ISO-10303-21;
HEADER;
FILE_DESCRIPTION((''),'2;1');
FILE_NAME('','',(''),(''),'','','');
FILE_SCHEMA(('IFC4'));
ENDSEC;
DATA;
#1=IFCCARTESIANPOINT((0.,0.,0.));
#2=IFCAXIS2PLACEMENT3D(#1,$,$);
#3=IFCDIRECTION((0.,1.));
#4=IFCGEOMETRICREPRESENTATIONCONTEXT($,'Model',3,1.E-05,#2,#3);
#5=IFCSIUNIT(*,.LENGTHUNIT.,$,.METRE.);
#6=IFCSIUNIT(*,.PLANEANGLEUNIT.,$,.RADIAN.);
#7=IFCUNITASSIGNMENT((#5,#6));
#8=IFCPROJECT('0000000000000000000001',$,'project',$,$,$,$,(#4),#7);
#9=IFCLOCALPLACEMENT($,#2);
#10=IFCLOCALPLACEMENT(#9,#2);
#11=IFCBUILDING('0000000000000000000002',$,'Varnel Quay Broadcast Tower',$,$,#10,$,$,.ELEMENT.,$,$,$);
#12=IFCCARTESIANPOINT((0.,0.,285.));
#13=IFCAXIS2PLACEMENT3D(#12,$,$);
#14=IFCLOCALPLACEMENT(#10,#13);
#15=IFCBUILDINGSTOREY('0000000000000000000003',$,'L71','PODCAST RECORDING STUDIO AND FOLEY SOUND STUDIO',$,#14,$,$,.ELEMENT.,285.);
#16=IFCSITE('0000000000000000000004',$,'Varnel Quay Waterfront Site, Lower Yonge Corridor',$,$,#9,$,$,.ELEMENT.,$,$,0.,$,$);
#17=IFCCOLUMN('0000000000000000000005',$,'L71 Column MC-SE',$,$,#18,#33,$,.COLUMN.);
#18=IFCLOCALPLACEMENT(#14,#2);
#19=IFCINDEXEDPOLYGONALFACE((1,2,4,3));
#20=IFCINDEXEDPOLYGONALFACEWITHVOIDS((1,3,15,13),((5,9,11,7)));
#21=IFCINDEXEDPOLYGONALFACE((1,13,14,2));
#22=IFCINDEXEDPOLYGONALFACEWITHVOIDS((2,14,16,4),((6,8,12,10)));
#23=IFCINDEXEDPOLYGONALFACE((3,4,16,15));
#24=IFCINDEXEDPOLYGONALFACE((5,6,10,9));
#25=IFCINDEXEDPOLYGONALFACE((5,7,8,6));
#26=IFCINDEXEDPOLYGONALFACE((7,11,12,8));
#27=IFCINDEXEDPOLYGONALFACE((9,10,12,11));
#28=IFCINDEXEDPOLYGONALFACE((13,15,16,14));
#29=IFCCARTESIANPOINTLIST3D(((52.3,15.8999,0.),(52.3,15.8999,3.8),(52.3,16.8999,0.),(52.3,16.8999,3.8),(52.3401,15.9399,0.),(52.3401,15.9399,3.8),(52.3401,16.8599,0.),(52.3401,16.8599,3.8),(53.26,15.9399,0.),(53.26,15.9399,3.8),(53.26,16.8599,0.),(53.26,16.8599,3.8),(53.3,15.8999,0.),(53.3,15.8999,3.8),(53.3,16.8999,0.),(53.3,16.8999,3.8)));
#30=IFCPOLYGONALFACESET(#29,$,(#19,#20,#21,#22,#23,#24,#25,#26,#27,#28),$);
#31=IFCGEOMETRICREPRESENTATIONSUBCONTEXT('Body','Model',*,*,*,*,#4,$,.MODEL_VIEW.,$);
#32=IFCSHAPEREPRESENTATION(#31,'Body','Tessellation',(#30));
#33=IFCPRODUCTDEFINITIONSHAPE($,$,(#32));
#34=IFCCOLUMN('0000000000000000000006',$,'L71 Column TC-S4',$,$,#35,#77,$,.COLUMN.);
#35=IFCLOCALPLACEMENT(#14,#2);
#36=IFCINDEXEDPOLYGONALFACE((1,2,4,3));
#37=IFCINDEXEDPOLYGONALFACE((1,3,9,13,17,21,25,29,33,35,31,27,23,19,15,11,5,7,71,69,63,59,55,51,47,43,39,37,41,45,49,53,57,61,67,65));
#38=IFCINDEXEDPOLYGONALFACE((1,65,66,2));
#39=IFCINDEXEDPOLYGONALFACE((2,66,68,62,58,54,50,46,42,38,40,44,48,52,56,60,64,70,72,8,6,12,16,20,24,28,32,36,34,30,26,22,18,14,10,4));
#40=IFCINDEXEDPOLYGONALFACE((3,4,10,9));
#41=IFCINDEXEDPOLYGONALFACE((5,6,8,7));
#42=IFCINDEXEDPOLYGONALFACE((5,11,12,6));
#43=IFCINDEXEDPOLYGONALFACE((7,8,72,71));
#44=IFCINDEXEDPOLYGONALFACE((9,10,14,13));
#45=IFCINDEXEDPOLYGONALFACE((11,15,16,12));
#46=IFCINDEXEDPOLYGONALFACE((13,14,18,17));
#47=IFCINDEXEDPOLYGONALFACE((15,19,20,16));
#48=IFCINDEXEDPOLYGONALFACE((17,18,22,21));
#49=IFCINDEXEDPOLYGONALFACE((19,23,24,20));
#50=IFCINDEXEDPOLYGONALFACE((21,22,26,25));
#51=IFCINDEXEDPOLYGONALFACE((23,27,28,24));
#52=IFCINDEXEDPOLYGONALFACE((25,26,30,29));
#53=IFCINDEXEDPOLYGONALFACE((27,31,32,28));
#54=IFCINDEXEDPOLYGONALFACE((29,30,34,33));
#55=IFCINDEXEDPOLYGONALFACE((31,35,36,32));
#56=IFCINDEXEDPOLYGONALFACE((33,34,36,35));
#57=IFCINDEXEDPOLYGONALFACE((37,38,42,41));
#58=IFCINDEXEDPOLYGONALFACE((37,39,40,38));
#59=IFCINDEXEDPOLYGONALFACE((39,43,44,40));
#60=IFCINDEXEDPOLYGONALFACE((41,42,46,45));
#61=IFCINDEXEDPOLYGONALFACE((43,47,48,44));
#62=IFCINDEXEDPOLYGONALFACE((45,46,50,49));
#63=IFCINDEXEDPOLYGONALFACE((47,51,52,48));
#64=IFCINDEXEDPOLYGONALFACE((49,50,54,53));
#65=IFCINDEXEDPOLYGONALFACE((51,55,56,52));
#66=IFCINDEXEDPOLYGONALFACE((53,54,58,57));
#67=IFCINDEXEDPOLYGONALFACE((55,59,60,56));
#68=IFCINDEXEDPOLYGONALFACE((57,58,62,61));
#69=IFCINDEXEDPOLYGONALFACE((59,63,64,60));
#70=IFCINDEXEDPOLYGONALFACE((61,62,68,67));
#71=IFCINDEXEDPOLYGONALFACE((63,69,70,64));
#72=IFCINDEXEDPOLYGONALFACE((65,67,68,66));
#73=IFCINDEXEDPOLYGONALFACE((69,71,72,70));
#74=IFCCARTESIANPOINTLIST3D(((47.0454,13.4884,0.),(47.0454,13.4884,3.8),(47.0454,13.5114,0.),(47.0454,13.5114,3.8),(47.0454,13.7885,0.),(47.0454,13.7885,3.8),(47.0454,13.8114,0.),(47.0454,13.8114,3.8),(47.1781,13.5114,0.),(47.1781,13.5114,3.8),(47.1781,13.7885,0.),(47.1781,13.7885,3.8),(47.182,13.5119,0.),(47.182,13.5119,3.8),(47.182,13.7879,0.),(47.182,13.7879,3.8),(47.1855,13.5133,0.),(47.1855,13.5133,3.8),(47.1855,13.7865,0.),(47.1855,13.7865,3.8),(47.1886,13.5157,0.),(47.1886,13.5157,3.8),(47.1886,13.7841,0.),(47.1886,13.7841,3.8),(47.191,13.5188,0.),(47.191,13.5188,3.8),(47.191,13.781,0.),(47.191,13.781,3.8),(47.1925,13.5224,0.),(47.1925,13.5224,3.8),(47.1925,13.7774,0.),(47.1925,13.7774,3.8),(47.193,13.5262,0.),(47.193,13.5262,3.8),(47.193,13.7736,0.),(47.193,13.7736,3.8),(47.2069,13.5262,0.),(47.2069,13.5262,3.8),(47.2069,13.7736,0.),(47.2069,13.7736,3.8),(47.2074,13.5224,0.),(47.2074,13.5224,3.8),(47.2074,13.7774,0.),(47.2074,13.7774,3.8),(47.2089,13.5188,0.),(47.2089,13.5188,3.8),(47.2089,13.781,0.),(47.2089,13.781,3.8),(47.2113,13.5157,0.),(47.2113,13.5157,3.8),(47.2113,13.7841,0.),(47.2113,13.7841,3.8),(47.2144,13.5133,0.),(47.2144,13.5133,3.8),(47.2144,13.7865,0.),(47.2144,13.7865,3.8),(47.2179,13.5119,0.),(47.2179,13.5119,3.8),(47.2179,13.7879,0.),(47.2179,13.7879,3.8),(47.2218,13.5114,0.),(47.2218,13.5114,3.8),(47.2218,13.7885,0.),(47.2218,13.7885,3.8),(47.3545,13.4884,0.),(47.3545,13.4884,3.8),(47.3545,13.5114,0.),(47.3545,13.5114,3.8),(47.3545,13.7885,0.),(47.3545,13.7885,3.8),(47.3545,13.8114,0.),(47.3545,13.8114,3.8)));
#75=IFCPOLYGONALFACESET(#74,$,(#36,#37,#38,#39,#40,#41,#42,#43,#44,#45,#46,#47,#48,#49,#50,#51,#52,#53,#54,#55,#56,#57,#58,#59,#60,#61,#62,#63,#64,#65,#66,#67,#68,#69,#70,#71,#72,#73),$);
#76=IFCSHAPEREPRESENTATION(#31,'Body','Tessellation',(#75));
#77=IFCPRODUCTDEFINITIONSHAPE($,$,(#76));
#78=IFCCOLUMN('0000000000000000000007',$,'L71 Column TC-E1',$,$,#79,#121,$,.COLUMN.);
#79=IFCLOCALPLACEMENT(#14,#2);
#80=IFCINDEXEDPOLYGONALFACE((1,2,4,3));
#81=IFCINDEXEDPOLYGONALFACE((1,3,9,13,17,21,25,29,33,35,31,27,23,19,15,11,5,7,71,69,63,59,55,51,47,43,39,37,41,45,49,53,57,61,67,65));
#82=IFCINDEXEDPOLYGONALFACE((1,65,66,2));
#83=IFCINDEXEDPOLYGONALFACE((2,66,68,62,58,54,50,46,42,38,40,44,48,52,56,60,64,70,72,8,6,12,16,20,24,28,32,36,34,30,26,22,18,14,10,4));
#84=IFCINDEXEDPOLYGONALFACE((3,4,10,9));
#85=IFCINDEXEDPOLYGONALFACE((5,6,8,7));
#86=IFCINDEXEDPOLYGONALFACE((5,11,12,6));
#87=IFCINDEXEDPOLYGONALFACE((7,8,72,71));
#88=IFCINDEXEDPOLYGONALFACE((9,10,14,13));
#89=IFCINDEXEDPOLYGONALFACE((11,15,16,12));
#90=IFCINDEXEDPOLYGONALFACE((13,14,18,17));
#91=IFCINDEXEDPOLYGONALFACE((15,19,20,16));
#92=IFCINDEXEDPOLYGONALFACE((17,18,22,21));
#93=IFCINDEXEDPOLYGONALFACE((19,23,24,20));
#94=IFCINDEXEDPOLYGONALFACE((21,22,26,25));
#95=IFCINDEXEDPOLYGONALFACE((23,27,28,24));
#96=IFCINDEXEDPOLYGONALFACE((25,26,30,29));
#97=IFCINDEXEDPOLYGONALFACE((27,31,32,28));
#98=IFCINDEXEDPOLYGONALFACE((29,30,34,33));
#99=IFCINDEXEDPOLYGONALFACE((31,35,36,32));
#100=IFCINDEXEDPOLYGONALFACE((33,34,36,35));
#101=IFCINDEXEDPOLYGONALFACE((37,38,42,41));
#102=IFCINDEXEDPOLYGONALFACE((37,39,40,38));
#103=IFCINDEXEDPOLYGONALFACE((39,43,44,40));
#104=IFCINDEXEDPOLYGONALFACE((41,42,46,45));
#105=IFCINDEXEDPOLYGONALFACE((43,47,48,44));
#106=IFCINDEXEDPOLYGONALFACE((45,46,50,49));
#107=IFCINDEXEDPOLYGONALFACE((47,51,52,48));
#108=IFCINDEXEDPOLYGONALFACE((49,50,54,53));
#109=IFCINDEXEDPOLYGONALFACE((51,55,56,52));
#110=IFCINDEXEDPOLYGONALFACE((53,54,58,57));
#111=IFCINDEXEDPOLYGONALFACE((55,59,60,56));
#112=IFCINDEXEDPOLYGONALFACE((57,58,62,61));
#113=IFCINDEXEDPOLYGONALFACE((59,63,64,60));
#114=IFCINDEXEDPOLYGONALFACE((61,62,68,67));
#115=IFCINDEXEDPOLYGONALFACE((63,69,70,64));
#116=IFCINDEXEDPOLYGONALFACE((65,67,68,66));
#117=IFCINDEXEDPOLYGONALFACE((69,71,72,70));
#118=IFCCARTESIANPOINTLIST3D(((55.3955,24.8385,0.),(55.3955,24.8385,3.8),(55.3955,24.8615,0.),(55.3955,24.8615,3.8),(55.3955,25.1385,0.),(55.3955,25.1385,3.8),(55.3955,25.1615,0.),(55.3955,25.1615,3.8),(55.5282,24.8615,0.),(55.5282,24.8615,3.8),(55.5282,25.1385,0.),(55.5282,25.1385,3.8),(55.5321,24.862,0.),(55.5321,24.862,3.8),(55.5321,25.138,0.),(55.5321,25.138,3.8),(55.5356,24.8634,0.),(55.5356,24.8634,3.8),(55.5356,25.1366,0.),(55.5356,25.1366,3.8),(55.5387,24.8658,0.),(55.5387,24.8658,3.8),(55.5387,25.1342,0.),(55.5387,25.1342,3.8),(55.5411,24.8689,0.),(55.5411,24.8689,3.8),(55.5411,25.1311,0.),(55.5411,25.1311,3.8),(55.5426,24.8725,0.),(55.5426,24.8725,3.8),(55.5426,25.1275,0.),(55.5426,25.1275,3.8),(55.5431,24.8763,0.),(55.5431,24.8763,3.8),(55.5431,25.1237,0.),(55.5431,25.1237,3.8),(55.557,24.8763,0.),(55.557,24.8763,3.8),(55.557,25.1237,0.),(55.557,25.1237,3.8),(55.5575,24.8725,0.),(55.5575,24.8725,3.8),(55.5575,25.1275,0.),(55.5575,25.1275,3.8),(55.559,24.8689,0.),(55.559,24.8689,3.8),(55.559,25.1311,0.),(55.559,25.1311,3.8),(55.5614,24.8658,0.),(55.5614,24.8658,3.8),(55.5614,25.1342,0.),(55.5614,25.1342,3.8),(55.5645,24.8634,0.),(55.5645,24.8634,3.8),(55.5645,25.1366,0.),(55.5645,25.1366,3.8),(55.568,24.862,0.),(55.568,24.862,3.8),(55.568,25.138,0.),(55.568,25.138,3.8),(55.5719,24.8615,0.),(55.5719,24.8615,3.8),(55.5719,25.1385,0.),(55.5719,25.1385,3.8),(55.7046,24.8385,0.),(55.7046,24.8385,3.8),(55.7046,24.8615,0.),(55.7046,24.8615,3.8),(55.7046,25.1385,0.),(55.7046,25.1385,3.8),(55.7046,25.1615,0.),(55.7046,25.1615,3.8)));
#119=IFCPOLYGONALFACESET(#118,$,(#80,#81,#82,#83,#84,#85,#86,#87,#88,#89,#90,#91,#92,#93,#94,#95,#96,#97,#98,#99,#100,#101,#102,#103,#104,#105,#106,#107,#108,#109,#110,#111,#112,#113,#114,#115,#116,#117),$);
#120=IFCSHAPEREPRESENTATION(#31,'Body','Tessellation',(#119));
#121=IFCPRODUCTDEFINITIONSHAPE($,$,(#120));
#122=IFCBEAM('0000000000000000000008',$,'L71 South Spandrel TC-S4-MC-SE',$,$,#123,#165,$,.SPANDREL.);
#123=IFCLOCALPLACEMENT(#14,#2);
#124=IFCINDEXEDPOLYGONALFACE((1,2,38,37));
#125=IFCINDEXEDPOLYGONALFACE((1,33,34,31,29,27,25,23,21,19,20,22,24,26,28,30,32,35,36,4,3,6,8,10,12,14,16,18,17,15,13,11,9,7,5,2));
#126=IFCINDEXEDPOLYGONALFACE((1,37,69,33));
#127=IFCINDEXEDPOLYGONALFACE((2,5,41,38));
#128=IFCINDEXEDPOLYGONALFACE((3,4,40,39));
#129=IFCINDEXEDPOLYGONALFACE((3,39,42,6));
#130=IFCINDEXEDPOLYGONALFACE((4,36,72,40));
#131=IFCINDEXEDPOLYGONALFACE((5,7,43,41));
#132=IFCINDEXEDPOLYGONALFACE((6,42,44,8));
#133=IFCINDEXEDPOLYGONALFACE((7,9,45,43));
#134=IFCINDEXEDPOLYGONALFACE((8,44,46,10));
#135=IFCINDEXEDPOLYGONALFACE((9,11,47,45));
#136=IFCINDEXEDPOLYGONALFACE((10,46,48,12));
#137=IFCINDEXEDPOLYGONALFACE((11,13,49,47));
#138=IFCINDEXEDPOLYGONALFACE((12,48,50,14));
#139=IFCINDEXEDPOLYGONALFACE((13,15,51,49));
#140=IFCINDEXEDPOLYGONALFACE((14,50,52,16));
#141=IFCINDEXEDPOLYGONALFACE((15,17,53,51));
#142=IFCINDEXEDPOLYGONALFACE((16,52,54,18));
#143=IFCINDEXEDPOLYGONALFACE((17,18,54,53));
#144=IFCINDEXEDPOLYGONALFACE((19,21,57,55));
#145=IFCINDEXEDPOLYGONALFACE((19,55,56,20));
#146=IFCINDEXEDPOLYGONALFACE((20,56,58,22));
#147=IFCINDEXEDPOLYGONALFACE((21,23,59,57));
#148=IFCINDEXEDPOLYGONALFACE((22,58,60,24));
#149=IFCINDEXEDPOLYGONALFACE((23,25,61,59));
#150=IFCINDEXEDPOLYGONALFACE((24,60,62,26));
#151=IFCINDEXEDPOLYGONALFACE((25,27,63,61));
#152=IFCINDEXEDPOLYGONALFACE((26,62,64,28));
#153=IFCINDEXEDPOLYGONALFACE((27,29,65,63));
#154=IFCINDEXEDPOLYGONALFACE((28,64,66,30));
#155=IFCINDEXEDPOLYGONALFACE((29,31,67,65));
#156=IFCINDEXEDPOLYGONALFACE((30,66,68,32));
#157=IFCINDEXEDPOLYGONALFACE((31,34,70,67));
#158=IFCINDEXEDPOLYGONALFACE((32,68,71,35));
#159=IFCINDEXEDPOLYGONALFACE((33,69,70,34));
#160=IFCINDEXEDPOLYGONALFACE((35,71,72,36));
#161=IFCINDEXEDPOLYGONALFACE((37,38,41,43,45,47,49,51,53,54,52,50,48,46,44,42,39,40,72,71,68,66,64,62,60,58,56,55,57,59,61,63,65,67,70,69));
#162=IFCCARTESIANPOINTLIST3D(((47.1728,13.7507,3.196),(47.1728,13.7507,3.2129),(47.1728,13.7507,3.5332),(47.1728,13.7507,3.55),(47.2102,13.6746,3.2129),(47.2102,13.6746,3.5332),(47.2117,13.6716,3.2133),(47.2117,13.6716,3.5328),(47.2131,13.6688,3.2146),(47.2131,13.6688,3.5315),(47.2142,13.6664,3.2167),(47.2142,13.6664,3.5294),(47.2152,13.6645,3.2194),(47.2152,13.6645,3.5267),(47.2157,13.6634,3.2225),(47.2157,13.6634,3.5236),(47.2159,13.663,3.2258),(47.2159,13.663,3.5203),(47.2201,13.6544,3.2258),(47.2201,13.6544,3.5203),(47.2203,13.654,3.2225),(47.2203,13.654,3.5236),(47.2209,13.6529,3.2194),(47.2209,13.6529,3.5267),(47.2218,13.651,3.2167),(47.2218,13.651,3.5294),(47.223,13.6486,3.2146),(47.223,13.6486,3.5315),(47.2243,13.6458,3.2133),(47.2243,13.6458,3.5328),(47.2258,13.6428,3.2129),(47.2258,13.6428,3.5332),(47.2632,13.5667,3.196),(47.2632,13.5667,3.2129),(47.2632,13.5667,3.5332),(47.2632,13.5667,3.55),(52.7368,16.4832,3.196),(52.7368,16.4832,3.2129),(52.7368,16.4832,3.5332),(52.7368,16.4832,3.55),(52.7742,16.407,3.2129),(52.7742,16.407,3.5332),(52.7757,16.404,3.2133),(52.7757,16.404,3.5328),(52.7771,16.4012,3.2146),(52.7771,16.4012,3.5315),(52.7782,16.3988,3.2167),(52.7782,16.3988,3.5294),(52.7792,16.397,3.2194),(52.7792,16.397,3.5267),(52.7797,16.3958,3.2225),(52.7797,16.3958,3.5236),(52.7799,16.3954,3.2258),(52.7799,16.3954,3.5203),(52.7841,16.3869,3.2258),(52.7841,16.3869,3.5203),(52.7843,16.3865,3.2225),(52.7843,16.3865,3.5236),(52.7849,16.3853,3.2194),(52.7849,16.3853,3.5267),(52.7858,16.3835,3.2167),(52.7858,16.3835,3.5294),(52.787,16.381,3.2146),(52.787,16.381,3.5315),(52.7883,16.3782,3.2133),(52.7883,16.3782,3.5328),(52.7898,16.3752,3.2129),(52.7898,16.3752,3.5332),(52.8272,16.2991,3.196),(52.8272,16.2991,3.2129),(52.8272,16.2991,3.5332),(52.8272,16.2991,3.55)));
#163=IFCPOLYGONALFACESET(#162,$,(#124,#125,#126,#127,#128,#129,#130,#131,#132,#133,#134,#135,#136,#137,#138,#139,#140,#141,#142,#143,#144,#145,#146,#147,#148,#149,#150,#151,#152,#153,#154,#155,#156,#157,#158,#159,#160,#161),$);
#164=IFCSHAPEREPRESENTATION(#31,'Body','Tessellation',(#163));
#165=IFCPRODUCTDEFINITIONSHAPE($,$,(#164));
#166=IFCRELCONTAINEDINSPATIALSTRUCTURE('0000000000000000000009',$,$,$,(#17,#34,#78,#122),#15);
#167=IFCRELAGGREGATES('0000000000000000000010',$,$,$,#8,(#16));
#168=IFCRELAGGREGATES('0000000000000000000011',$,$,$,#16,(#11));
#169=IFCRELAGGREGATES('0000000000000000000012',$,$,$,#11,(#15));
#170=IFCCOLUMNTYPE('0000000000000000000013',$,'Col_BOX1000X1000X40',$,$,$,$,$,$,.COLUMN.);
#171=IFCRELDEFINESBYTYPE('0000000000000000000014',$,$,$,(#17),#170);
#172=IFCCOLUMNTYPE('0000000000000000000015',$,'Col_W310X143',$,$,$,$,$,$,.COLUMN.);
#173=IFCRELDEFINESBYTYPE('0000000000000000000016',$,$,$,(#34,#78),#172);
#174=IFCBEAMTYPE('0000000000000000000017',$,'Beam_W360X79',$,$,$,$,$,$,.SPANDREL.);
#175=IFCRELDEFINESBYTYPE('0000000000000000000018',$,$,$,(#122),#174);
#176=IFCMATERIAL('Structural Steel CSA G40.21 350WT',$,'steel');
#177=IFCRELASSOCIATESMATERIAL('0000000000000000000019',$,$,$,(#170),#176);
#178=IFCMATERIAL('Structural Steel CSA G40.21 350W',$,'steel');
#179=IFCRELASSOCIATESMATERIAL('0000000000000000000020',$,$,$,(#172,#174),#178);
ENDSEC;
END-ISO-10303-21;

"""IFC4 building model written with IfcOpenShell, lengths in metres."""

from ifc_helpers import new_model, si_unit, direction, frame, origin, origin_2d, place, context, subcontext, project, spatial, hollow_rectangle, i_section, extrude, source, transform, mapped, material, material_profile, profile_set, type_object, type_shapes, element, save


model = new_model("IFC4")

# Units and contexts
model_context = context("Model", 3, precision=1e-05, world=origin(), true_north=direction((0.0, 1.0)))
body_context = subcontext(model_context, "Body", "Model", "MODEL_VIEW")
ifc_project = project(units=[si_unit("LENGTHUNIT", "METRE"), si_unit("PLANEANGLEUNIT", "RADIAN")], contexts=[model_context])

# Site, building, storey
site_placement = place(None, origin())
site = spatial("IfcSite", under=ifc_project, at=site_placement, Name="Varnel Quay Waterfront Site, Lower Yonge Corridor", CompositionType="ELEMENT", RefElevation=0.0)
building_placement = place(site_placement, origin())
building = spatial("IfcBuilding", under=site, at=building_placement, Name="Varnel Quay Broadcast Tower", CompositionType="ELEMENT")
storey_placement = place(building_placement, frame((0.0, 0.0, 285.0)))
storey = spatial("IfcBuildingStorey", under=building, at=storey_placement, Name="L71", Description="PODCAST RECORDING STUDIO AND FOLEY SOUND STUDIO", CompositionType="ELEMENT", Elevation=285.0)

# Columns
ifc_material_1 = material(Name="Structural Steel CSA G40.21 350WT", Category="steel")
ifc_material_profile_1 = material_profile(ifc_material_1, hollow_rectangle(XDim=1.0, YDim=1.0, WallThickness=0.04, at=origin_2d()), Name="BOX1000X1000X40")
ifc_profile_set_1 = profile_set([ifc_material_profile_1], Name="Structural Steel CSA G40.21 350WT")
column_type_1 = type_object("IfcColumnType", Name="Col_BOX1000X1000X40", PredefinedType="COLUMN", material=ifc_profile_set_1)
shared_shape_1 = source(origin(), body_context, "Body", "SweptSolid", [
    extrude(hollow_rectangle(XDim=1.0, YDim=1.0, WallThickness=0.04, at=origin_2d()), origin(), (0.0, 0.0, 1.0), 3.8),
])
type_shapes(column_type_1, [shared_shape_1])
column_placement = place(storey_placement, frame((52.8, 16.3999, 0.0), z_axis=(0.0, 0.0, 1.0), x_axis=(1.0, 0.0, 0.0)))
element("IfcColumn", 1, at=column_placement, inside=storey, type_object=column_type_1, Name="L71 Column MC-SE", PredefinedType="COLUMN", context=body_context, shape_type="MappedRepresentation", body=[
    mapped(shared_shape_1, transform((0.0, 0.0, 0.0), x_axis=(1.0, 0.0, 0.0), y_axis=(0.0, 1.0, 0.0), z_axis=(0.0, 0.0, 1.0), scale=1.0)),
])
ifc_material_2 = material(Name="Structural Steel CSA G40.21 350W", Category="steel")
ifc_material_profile_2 = material_profile(ifc_material_2, i_section(OverallWidth=0.3091, OverallDepth=0.323, WebThickness=0.0139, FlangeThickness=0.0229, FilletRadius=0.0149, at=origin_2d()), Name="W310X143")
ifc_profile_set_2 = profile_set([ifc_material_profile_2], Name="Structural Steel CSA G40.21 350W")
column_type_2 = type_object("IfcColumnType", Name="Col_W310X143", PredefinedType="COLUMN", material=ifc_profile_set_2)
shared_shape_2 = source(origin(), body_context, "Body", "SweptSolid", [
    extrude(i_section(OverallWidth=0.3091, OverallDepth=0.323, WebThickness=0.0139, FlangeThickness=0.0229, FilletRadius=0.0149, at=origin_2d()), origin(), (0.0, 0.0, 1.0), 3.8),
])
type_shapes(column_type_2, [shared_shape_2])
for number, where, z_axis, x_axis, name in (
    (2, (47.2, 13.6499, 0.0), (0.0, 0.0, 1.0), (1.0, 0.0, 0.0), "L71 Column TC-S4"),
    (3, (55.55, 25.0, 0.0), (0.0, 0.0, 1.0), (1.0, 0.0, 0.0), "L71 Column TC-E1"),
):
    element("IfcColumn", number, at=place(storey_placement, frame(where, z_axis=z_axis, x_axis=x_axis)), inside=storey, type_object=column_type_2, Name=name, PredefinedType="COLUMN", context=body_context, shape_type="MappedRepresentation", body=[
        mapped(shared_shape_2, transform((0.0, 0.0, 0.0), x_axis=(1.0, 0.0, 0.0), y_axis=(0.0, 1.0, 0.0), z_axis=(0.0, 0.0, 1.0), scale=1.0)),
    ])

# Beam
ifc_material_profile_3 = material_profile(ifc_material_2, i_section(OverallWidth=0.2051, OverallDepth=0.354, WebThickness=0.0095, FlangeThickness=0.0168, FilletRadius=0.0129, at=origin_2d()), Name="W360X79")
ifc_profile_set_3 = profile_set([ifc_material_profile_3], Name="Structural Steel CSA G40.21 350W")
beam_type = type_object("IfcBeamType", Name="Beam_W360X79", PredefinedType="SPANDREL", material=ifc_profile_set_3)
shared_shape_3 = source(origin(), body_context, "Body", "SweptSolid", [
    extrude(i_section(OverallWidth=0.2051, OverallDepth=0.354, WebThickness=0.0095, FlangeThickness=0.0168, FilletRadius=0.0129, at=origin_2d()), origin(), (0.0, 0.0, 1.0), 6.1987),
])
beam_1_placement = place(storey_placement, frame((47.218, 13.6587, 3.373), z_axis=(0.897602, 0.440806, 0.0), x_axis=(-0.440806, 0.897602, 0.0)))
element("IfcBeam", 4, at=beam_1_placement, inside=storey, type_object=beam_type, Name="L71 South Spandrel TC-S4-MC-SE", PredefinedType="SPANDREL", context=body_context, shape_type="MappedRepresentation", body=[
    mapped(shared_shape_3, transform((0.0, 0.0, 0.0), x_axis=(1.0, 0.0, 0.0), y_axis=(0.0, 1.0, 0.0), z_axis=(0.0, 0.0, 1.0), scale=1.0)),
])

save(model, "model.ifc")
